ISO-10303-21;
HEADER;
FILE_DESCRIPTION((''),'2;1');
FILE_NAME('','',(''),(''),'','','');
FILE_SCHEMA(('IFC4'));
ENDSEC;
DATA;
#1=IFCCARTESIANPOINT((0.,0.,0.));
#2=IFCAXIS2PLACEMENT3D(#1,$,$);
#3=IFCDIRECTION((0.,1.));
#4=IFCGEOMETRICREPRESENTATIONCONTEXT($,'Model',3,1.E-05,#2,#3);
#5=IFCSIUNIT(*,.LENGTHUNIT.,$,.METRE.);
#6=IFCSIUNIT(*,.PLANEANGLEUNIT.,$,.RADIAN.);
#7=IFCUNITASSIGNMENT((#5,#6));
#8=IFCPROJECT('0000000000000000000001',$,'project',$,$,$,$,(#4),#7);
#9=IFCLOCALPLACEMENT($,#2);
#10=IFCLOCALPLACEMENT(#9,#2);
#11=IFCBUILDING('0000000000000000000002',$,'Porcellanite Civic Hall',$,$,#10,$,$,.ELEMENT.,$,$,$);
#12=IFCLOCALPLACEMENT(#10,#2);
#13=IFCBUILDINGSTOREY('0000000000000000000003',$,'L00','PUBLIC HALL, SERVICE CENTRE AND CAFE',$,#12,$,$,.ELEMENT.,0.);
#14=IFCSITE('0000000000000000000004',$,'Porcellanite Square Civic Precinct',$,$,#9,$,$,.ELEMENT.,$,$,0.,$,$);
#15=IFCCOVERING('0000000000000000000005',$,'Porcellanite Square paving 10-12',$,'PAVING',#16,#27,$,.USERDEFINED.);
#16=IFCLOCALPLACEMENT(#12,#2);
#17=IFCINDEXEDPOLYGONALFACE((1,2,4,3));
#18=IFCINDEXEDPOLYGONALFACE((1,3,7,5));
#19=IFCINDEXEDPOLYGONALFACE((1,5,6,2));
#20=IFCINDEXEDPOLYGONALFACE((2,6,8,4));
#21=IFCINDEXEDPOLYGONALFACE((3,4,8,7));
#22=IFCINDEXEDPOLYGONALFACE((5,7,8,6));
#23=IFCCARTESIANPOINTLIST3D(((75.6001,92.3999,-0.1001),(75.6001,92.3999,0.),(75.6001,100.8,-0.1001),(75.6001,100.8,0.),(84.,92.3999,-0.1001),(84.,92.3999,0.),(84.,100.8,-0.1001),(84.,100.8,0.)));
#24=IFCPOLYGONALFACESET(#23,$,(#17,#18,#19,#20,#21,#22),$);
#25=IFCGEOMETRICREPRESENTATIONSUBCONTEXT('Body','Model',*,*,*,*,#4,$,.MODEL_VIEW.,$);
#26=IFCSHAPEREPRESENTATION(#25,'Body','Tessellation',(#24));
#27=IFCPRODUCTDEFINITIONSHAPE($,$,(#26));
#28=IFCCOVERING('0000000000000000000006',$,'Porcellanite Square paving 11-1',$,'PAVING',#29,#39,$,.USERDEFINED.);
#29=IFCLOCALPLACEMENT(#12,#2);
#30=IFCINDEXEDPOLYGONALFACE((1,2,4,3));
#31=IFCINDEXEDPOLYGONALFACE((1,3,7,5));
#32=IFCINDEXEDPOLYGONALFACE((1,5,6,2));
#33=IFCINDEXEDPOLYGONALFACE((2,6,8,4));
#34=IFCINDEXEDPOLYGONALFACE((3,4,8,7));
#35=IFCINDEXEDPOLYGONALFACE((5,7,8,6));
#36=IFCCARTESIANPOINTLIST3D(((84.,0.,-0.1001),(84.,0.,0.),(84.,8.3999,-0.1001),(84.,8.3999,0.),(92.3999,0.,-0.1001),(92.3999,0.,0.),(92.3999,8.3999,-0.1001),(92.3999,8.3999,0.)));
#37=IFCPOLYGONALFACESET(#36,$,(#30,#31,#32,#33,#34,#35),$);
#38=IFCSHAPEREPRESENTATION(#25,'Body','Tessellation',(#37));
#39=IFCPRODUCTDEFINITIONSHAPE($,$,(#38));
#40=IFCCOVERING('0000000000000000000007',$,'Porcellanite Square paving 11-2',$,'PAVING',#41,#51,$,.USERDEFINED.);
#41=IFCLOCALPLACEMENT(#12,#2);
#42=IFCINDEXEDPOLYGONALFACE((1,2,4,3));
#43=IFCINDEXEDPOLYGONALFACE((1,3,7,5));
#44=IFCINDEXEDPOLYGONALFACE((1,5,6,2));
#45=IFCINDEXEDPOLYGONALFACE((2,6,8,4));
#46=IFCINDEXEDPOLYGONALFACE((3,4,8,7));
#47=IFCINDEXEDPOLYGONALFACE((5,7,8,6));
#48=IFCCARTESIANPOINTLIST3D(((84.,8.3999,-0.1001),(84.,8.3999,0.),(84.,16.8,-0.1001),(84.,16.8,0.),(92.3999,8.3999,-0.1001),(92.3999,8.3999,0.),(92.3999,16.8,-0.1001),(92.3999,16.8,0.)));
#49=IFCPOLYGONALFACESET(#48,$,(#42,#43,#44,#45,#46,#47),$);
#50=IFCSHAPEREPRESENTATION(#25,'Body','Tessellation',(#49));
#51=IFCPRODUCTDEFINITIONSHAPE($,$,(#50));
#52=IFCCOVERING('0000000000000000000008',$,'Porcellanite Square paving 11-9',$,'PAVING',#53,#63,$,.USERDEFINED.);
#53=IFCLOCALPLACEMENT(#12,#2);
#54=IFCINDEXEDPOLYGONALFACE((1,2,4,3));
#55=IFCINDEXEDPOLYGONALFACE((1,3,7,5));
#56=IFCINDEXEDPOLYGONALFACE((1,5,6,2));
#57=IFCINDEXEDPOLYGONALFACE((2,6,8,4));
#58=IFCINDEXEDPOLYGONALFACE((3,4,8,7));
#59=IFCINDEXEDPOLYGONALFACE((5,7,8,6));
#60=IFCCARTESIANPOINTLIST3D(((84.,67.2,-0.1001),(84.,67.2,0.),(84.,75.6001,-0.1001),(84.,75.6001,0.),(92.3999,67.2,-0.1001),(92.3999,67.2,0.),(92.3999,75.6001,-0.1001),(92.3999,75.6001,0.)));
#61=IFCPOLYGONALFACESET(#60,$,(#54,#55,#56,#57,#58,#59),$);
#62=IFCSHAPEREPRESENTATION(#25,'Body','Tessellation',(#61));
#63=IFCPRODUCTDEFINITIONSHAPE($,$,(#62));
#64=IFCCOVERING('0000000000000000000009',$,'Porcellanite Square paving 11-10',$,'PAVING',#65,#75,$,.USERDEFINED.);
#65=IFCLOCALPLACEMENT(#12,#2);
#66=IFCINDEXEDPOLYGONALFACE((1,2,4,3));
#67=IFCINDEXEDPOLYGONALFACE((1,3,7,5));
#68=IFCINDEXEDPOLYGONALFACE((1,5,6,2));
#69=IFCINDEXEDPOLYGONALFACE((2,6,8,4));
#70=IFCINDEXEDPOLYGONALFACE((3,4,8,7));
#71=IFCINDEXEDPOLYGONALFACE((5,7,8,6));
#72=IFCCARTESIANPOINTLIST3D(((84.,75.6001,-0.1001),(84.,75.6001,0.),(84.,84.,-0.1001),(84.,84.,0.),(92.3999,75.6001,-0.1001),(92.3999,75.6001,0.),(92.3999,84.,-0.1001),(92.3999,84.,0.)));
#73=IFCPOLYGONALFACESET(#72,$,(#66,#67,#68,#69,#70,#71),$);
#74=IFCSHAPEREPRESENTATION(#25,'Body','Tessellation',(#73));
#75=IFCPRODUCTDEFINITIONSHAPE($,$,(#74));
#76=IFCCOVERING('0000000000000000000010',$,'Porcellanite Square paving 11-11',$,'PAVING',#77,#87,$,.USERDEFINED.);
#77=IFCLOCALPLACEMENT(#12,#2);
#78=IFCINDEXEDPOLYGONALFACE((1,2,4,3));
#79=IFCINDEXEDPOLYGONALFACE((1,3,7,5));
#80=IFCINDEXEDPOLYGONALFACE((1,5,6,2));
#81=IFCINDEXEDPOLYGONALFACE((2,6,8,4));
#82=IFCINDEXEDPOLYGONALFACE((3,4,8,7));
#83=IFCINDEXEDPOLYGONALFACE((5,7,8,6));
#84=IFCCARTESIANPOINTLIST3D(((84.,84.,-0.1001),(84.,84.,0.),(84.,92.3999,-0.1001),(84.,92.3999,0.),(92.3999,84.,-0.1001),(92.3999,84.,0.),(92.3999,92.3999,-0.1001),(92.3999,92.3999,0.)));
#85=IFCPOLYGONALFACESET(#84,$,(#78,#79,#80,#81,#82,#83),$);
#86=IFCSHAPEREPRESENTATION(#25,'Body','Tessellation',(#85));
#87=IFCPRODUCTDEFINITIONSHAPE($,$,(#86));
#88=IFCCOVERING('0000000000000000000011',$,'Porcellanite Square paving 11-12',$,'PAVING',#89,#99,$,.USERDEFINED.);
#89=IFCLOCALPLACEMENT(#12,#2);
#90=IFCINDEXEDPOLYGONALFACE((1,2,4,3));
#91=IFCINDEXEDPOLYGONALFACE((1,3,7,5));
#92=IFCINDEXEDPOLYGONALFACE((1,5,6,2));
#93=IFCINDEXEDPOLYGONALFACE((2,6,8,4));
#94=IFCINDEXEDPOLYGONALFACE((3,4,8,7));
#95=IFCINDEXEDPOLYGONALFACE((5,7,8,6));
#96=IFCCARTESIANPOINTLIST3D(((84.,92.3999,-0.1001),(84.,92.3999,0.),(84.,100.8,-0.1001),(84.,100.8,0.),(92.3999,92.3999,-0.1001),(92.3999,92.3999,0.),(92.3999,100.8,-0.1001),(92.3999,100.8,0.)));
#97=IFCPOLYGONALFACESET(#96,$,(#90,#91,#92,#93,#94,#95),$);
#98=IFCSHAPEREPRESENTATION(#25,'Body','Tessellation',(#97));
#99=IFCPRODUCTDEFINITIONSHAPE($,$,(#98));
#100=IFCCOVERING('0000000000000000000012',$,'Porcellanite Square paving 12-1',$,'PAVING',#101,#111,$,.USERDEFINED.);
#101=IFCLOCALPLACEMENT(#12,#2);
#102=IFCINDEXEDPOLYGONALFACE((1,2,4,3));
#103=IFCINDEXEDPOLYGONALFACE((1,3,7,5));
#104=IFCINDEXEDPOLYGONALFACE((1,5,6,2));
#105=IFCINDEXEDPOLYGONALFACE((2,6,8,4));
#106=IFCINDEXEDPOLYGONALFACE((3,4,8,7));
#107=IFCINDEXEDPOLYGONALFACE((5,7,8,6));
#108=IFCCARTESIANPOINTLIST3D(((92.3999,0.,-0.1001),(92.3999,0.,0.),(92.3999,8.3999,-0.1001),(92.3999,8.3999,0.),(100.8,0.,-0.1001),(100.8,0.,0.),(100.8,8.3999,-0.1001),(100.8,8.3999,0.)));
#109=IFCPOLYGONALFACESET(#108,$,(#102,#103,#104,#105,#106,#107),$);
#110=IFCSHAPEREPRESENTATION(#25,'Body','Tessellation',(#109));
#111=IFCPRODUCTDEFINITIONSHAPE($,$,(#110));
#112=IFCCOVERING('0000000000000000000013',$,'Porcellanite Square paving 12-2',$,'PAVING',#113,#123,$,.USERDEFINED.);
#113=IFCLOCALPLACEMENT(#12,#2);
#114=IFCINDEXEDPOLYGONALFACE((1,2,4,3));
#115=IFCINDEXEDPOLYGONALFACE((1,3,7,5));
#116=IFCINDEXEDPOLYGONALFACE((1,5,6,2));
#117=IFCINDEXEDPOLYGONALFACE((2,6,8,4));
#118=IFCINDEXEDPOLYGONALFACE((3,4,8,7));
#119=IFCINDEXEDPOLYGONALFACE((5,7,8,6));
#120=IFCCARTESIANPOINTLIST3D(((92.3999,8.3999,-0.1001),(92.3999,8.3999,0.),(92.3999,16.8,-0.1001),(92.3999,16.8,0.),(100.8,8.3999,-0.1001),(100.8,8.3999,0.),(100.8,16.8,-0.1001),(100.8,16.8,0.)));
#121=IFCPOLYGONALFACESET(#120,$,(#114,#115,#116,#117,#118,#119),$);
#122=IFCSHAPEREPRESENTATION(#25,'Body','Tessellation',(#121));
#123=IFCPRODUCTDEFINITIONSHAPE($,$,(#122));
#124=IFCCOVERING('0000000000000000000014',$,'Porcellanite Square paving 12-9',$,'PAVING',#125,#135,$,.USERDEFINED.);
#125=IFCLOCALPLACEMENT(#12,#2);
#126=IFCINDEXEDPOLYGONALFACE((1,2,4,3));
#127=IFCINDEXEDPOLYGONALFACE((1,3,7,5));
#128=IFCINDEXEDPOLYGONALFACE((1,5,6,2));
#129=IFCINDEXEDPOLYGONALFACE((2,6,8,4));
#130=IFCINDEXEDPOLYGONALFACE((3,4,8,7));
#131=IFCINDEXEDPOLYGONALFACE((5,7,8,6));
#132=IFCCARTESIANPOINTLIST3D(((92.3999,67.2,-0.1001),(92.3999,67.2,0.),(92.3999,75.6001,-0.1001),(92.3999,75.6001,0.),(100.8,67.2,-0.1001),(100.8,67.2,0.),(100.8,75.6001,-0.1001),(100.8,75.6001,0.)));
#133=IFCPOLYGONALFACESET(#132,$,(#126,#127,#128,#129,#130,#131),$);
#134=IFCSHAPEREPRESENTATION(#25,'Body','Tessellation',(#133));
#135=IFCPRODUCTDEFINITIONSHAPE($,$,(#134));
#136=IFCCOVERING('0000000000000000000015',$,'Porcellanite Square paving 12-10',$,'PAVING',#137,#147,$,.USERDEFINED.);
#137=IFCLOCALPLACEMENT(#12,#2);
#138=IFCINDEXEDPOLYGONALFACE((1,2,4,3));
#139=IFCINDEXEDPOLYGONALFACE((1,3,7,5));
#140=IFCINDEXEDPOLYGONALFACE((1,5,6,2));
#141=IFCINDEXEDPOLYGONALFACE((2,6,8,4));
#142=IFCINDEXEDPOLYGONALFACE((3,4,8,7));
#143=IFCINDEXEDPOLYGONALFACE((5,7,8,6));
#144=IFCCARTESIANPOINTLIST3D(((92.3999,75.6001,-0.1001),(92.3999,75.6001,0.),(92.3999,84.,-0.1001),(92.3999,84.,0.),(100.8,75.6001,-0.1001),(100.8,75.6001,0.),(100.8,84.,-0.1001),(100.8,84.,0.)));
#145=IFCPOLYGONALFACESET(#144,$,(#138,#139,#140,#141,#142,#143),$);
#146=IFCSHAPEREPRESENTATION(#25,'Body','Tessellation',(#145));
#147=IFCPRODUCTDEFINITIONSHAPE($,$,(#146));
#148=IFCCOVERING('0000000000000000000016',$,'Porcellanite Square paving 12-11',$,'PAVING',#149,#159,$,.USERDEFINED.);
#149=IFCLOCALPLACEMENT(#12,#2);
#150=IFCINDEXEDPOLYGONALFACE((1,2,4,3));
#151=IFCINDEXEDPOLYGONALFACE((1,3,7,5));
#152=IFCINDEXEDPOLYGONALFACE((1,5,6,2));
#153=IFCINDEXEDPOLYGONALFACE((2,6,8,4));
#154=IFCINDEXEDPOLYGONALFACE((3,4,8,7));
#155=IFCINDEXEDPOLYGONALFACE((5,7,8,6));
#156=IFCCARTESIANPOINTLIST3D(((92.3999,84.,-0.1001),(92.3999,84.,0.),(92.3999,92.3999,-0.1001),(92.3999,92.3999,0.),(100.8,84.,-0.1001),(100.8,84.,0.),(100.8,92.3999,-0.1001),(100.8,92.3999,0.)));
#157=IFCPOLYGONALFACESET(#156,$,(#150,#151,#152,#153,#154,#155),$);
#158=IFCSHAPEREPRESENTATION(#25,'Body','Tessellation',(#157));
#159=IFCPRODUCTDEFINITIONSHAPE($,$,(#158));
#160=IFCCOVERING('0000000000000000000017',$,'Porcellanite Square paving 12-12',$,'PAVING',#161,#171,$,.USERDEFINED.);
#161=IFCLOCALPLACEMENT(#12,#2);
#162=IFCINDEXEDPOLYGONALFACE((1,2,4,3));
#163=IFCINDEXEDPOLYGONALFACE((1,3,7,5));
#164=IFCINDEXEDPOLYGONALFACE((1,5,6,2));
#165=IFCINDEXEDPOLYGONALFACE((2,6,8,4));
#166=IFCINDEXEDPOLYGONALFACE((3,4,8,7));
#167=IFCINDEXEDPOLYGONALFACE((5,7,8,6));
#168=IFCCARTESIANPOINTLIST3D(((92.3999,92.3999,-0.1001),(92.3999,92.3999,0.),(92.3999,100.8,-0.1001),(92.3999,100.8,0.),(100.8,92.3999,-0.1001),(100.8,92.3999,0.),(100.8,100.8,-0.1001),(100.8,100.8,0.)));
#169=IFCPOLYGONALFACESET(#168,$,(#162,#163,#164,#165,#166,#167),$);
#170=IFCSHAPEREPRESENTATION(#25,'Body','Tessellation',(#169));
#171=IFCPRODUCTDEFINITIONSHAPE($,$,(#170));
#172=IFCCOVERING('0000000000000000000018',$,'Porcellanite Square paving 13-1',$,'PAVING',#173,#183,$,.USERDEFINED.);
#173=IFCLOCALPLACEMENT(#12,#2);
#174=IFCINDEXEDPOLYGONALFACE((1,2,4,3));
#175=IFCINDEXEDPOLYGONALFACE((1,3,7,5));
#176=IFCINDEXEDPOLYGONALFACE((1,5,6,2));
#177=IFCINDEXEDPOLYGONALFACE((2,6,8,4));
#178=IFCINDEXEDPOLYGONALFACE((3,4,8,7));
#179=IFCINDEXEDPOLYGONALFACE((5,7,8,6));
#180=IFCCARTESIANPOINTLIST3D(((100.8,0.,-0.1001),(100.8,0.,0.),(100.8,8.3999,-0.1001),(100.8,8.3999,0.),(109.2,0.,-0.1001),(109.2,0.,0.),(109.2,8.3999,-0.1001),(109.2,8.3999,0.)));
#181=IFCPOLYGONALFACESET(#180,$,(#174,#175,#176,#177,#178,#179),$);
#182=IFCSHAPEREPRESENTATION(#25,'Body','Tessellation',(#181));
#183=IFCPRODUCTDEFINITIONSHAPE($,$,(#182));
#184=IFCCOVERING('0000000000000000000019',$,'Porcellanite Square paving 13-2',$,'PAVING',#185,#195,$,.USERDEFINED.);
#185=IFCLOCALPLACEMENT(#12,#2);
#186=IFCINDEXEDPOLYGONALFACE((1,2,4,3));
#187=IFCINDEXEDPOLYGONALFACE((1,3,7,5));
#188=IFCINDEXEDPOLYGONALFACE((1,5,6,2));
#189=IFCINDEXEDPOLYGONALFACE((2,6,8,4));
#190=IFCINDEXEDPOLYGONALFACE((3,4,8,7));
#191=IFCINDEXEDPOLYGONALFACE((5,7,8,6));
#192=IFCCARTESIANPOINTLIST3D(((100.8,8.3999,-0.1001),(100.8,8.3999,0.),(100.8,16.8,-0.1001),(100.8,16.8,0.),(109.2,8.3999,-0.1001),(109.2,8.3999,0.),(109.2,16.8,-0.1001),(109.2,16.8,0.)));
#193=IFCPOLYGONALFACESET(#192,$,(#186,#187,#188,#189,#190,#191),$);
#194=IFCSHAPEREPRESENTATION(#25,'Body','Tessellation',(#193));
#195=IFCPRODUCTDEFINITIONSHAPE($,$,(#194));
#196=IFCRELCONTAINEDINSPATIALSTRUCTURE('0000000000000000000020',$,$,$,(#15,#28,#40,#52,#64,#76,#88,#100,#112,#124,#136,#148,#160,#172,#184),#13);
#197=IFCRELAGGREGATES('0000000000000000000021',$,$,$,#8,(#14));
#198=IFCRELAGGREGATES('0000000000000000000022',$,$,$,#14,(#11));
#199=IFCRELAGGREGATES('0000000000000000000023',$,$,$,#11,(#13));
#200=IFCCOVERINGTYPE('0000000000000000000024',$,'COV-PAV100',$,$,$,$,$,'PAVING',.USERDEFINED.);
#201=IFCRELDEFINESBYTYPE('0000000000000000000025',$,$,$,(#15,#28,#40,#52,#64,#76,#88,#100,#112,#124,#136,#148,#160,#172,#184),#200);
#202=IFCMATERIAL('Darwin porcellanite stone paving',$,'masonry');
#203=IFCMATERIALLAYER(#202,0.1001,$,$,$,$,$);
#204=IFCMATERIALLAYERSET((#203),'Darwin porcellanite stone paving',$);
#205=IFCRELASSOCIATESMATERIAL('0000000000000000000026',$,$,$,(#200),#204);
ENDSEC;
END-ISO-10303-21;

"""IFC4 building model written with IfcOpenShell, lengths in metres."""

from ifc_helpers import new_model, si_unit, direction, frame, origin, place, context, subcontext, project, spatial, polyline, outline, extrude, material, layer, layer_set, type_object, element, save


model = new_model("IFC4")

# Units and contexts
model_context = context("Model", 3, precision=1e-05, world=origin(), true_north=direction((0.0, 1.0)))
body_context = subcontext(model_context, "Body", "Model", "MODEL_VIEW")
ifc_project = project(units=[si_unit("LENGTHUNIT", "METRE"), si_unit("PLANEANGLEUNIT", "RADIAN")], contexts=[model_context])

# Site, building, storey
site_placement = place(None, origin())
site = spatial("IfcSite", under=ifc_project, at=site_placement, Name="Porcellanite Square Civic Precinct", CompositionType="ELEMENT", RefElevation=0.0)
building_placement = place(site_placement, origin())
building = spatial("IfcBuilding", under=site, at=building_placement, Name="Porcellanite Civic Hall", CompositionType="ELEMENT")
storey_placement = place(building_placement, origin())
storey = spatial("IfcBuildingStorey", under=building, at=storey_placement, Name="L00", Description="PUBLIC HALL, SERVICE CENTRE AND CAFE", CompositionType="ELEMENT", Elevation=0.0)

# Coverings
ifc_material_1 = material(Name="Darwin porcellanite stone paving", Category="masonry")
ifc_layer = layer(ifc_material_1, 0.1001)
ifc_layer_set = layer_set([ifc_layer], Name="Darwin porcellanite stone paving")
covering_type = type_object("IfcCoveringType", Name="COV-PAV100", ElementType="PAVING", PredefinedType="USERDEFINED", material=ifc_layer_set)
covering_1_placement = place(storey_placement, frame((0.0, 0.0, -0.1001)))
element("IfcCovering", 1, at=covering_1_placement, inside=storey, type_object=covering_type, Name="Porcellanite Square paving 10-12", ObjectType="PAVING", PredefinedType="USERDEFINED", context=body_context, shape_type="SweptSolid", body=[
    extrude(outline(polyline([(75.6001, 92.3999), (84.0, 92.3999), (84.0, 100.8), (75.6001, 100.8), (75.6001, 92.3999)])), origin(), (0.0, 0.0, 1.0), 0.1001),
])
covering_2_placement = place(storey_placement, frame((0.0, 0.0, -0.1001)))
element("IfcCovering", 2, at=covering_2_placement, inside=storey, type_object=covering_type, Name="Porcellanite Square paving 11-1", ObjectType="PAVING", PredefinedType="USERDEFINED", context=body_context, shape_type="SweptSolid", body=[
    extrude(outline(polyline([(84.0, 0.0), (92.3999, 0.0), (92.3999, 8.3999), (84.0, 8.3999), (84.0, 0.0)])), origin(), (0.0, 0.0, 1.0), 0.1001),
])
covering_3_placement = place(storey_placement, frame((0.0, 0.0, -0.1001)))
element("IfcCovering", 3, at=covering_3_placement, inside=storey, type_object=covering_type, Name="Porcellanite Square paving 11-2", ObjectType="PAVING", PredefinedType="USERDEFINED", context=body_context, shape_type="SweptSolid", body=[
    extrude(outline(polyline([(84.0, 8.3999), (92.3999, 8.3999), (92.3999, 16.8), (84.0, 16.8), (84.0, 8.3999)])), origin(), (0.0, 0.0, 1.0), 0.1001),
])
covering_4_placement = place(storey_placement, frame((0.0, 0.0, -0.1001)))
element("IfcCovering", 4, at=covering_4_placement, inside=storey, type_object=covering_type, Name="Porcellanite Square paving 11-9", ObjectType="PAVING", PredefinedType="USERDEFINED", context=body_context, shape_type="SweptSolid", body=[
    extrude(outline(polyline([(84.0, 67.2), (92.3999, 67.2), (92.3999, 75.6001), (84.0, 75.6001), (84.0, 67.2)])), origin(), (0.0, 0.0, 1.0), 0.1001),
])
covering_5_placement = place(storey_placement, frame((0.0, 0.0, -0.1001)))
element("IfcCovering", 5, at=covering_5_placement, inside=storey, type_object=covering_type, Name="Porcellanite Square paving 11-10", ObjectType="PAVING", PredefinedType="USERDEFINED", context=body_context, shape_type="SweptSolid", body=[
    extrude(outline(polyline([(84.0, 75.6001), (92.3999, 75.6001), (92.3999, 84.0), (84.0, 84.0), (84.0, 75.6001)])), origin(), (0.0, 0.0, 1.0), 0.1001),
])
covering_6_placement = place(storey_placement, frame((0.0, 0.0, -0.1001)))
element("IfcCovering", 6, at=covering_6_placement, inside=storey, type_object=covering_type, Name="Porcellanite Square paving 11-11", ObjectType="PAVING", PredefinedType="USERDEFINED", context=body_context, shape_type="SweptSolid", body=[
    extrude(outline(polyline([(84.0, 84.0), (92.3999, 84.0), (92.3999, 92.3999), (84.0, 92.3999), (84.0, 84.0)])), origin(), (0.0, 0.0, 1.0), 0.1001),
])
covering_7_placement = place(storey_placement, frame((0.0, 0.0, -0.1001)))
element("IfcCovering", 7, at=covering_7_placement, inside=storey, type_object=covering_type, Name="Porcellanite Square paving 11-12", ObjectType="PAVING", PredefinedType="USERDEFINED", context=body_context, shape_type="SweptSolid", body=[
    extrude(outline(polyline([(84.0, 92.3999), (92.3999, 92.3999), (92.3999, 100.8), (84.0, 100.8), (84.0, 92.3999)])), origin(), (0.0, 0.0, 1.0), 0.1001),
])
covering_8_placement = place(storey_placement, frame((0.0, 0.0, -0.1001)))
element("IfcCovering", 8, at=covering_8_placement, inside=storey, type_object=covering_type, Name="Porcellanite Square paving 12-1", ObjectType="PAVING", PredefinedType="USERDEFINED", context=body_context, shape_type="SweptSolid", body=[
    extrude(outline(polyline([(92.3999, 0.0), (100.8, 0.0), (100.8, 8.3999), (92.3999, 8.3999), (92.3999, 0.0)])), origin(), (0.0, 0.0, 1.0), 0.1001),
])
covering_9_placement = place(storey_placement, frame((0.0, 0.0, -0.1001)))
element("IfcCovering", 9, at=covering_9_placement, inside=storey, type_object=covering_type, Name="Porcellanite Square paving 12-2", ObjectType="PAVING", PredefinedType="USERDEFINED", context=body_context, shape_type="SweptSolid", body=[
    extrude(outline(polyline([(92.3999, 8.3999), (100.8, 8.3999), (100.8, 16.8), (92.3999, 16.8), (92.3999, 8.3999)])), origin(), (0.0, 0.0, 1.0), 0.1001),
])
covering_10_placement = place(storey_placement, frame((0.0, 0.0, -0.1001)))
element("IfcCovering", 10, at=covering_10_placement, inside=storey, type_object=covering_type, Name="Porcellanite Square paving 12-9", ObjectType="PAVING", PredefinedType="USERDEFINED", context=body_context, shape_type="SweptSolid", body=[
    extrude(outline(polyline([(92.3999, 67.2), (100.8, 67.2), (100.8, 75.6001), (92.3999, 75.6001), (92.3999, 67.2)])), origin(), (0.0, 0.0, 1.0), 0.1001),
])
covering_11_placement = place(storey_placement, frame((0.0, 0.0, -0.1001)))
element("IfcCovering", 11, at=covering_11_placement, inside=storey, type_object=covering_type, Name="Porcellanite Square paving 12-10", ObjectType="PAVING", PredefinedType="USERDEFINED", context=body_context, shape_type="SweptSolid", body=[
    extrude(outline(polyline([(92.3999, 75.6001), (100.8, 75.6001), (100.8, 84.0), (92.3999, 84.0), (92.3999, 75.6001)])), origin(), (0.0, 0.0, 1.0), 0.1001),
])
covering_12_placement = place(storey_placement, frame((0.0, 0.0, -0.1001)))
element("IfcCovering", 12, at=covering_12_placement, inside=storey, type_object=covering_type, Name="Porcellanite Square paving 12-11", ObjectType="PAVING", PredefinedType="USERDEFINED", context=body_context, shape_type="SweptSolid", body=[
    extrude(outline(polyline([(92.3999, 84.0), (100.8, 84.0), (100.8, 92.3999), (92.3999, 92.3999), (92.3999, 84.0)])), origin(), (0.0, 0.0, 1.0), 0.1001),
])
covering_13_placement = place(storey_placement, frame((0.0, 0.0, -0.1001)))
element("IfcCovering", 13, at=covering_13_placement, inside=storey, type_object=covering_type, Name="Porcellanite Square paving 12-12", ObjectType="PAVING", PredefinedType="USERDEFINED", context=body_context, shape_type="SweptSolid", body=[
    extrude(outline(polyline([(92.3999, 92.3999), (100.8, 92.3999), (100.8, 100.8), (92.3999, 100.8), (92.3999, 92.3999)])), origin(), (0.0, 0.0, 1.0), 0.1001),
])
covering_14_placement = place(storey_placement, frame((0.0, 0.0, -0.1001)))
element("IfcCovering", 14, at=covering_14_placement, inside=storey, type_object=covering_type, Name="Porcellanite Square paving 13-1", ObjectType="PAVING", PredefinedType="USERDEFINED", context=body_context, shape_type="SweptSolid", body=[
    extrude(outline(polyline([(100.8, 0.0), (109.2, 0.0), (109.2, 8.3999), (100.8, 8.3999), (100.8, 0.0)])), origin(), (0.0, 0.0, 1.0), 0.1001),
])
covering_15_placement = place(storey_placement, frame((0.0, 0.0, -0.1001)))
element("IfcCovering", 15, at=covering_15_placement, inside=storey, type_object=covering_type, Name="Porcellanite Square paving 13-2", ObjectType="PAVING", PredefinedType="USERDEFINED", context=body_context, shape_type="SweptSolid", body=[
    extrude(outline(polyline([(100.8, 8.3999), (109.2, 8.3999), (109.2, 16.8), (100.8, 16.8), (100.8, 8.3999)])), origin(), (0.0, 0.0, 1.0), 0.1001),
])

save(model, "model.ifc")
